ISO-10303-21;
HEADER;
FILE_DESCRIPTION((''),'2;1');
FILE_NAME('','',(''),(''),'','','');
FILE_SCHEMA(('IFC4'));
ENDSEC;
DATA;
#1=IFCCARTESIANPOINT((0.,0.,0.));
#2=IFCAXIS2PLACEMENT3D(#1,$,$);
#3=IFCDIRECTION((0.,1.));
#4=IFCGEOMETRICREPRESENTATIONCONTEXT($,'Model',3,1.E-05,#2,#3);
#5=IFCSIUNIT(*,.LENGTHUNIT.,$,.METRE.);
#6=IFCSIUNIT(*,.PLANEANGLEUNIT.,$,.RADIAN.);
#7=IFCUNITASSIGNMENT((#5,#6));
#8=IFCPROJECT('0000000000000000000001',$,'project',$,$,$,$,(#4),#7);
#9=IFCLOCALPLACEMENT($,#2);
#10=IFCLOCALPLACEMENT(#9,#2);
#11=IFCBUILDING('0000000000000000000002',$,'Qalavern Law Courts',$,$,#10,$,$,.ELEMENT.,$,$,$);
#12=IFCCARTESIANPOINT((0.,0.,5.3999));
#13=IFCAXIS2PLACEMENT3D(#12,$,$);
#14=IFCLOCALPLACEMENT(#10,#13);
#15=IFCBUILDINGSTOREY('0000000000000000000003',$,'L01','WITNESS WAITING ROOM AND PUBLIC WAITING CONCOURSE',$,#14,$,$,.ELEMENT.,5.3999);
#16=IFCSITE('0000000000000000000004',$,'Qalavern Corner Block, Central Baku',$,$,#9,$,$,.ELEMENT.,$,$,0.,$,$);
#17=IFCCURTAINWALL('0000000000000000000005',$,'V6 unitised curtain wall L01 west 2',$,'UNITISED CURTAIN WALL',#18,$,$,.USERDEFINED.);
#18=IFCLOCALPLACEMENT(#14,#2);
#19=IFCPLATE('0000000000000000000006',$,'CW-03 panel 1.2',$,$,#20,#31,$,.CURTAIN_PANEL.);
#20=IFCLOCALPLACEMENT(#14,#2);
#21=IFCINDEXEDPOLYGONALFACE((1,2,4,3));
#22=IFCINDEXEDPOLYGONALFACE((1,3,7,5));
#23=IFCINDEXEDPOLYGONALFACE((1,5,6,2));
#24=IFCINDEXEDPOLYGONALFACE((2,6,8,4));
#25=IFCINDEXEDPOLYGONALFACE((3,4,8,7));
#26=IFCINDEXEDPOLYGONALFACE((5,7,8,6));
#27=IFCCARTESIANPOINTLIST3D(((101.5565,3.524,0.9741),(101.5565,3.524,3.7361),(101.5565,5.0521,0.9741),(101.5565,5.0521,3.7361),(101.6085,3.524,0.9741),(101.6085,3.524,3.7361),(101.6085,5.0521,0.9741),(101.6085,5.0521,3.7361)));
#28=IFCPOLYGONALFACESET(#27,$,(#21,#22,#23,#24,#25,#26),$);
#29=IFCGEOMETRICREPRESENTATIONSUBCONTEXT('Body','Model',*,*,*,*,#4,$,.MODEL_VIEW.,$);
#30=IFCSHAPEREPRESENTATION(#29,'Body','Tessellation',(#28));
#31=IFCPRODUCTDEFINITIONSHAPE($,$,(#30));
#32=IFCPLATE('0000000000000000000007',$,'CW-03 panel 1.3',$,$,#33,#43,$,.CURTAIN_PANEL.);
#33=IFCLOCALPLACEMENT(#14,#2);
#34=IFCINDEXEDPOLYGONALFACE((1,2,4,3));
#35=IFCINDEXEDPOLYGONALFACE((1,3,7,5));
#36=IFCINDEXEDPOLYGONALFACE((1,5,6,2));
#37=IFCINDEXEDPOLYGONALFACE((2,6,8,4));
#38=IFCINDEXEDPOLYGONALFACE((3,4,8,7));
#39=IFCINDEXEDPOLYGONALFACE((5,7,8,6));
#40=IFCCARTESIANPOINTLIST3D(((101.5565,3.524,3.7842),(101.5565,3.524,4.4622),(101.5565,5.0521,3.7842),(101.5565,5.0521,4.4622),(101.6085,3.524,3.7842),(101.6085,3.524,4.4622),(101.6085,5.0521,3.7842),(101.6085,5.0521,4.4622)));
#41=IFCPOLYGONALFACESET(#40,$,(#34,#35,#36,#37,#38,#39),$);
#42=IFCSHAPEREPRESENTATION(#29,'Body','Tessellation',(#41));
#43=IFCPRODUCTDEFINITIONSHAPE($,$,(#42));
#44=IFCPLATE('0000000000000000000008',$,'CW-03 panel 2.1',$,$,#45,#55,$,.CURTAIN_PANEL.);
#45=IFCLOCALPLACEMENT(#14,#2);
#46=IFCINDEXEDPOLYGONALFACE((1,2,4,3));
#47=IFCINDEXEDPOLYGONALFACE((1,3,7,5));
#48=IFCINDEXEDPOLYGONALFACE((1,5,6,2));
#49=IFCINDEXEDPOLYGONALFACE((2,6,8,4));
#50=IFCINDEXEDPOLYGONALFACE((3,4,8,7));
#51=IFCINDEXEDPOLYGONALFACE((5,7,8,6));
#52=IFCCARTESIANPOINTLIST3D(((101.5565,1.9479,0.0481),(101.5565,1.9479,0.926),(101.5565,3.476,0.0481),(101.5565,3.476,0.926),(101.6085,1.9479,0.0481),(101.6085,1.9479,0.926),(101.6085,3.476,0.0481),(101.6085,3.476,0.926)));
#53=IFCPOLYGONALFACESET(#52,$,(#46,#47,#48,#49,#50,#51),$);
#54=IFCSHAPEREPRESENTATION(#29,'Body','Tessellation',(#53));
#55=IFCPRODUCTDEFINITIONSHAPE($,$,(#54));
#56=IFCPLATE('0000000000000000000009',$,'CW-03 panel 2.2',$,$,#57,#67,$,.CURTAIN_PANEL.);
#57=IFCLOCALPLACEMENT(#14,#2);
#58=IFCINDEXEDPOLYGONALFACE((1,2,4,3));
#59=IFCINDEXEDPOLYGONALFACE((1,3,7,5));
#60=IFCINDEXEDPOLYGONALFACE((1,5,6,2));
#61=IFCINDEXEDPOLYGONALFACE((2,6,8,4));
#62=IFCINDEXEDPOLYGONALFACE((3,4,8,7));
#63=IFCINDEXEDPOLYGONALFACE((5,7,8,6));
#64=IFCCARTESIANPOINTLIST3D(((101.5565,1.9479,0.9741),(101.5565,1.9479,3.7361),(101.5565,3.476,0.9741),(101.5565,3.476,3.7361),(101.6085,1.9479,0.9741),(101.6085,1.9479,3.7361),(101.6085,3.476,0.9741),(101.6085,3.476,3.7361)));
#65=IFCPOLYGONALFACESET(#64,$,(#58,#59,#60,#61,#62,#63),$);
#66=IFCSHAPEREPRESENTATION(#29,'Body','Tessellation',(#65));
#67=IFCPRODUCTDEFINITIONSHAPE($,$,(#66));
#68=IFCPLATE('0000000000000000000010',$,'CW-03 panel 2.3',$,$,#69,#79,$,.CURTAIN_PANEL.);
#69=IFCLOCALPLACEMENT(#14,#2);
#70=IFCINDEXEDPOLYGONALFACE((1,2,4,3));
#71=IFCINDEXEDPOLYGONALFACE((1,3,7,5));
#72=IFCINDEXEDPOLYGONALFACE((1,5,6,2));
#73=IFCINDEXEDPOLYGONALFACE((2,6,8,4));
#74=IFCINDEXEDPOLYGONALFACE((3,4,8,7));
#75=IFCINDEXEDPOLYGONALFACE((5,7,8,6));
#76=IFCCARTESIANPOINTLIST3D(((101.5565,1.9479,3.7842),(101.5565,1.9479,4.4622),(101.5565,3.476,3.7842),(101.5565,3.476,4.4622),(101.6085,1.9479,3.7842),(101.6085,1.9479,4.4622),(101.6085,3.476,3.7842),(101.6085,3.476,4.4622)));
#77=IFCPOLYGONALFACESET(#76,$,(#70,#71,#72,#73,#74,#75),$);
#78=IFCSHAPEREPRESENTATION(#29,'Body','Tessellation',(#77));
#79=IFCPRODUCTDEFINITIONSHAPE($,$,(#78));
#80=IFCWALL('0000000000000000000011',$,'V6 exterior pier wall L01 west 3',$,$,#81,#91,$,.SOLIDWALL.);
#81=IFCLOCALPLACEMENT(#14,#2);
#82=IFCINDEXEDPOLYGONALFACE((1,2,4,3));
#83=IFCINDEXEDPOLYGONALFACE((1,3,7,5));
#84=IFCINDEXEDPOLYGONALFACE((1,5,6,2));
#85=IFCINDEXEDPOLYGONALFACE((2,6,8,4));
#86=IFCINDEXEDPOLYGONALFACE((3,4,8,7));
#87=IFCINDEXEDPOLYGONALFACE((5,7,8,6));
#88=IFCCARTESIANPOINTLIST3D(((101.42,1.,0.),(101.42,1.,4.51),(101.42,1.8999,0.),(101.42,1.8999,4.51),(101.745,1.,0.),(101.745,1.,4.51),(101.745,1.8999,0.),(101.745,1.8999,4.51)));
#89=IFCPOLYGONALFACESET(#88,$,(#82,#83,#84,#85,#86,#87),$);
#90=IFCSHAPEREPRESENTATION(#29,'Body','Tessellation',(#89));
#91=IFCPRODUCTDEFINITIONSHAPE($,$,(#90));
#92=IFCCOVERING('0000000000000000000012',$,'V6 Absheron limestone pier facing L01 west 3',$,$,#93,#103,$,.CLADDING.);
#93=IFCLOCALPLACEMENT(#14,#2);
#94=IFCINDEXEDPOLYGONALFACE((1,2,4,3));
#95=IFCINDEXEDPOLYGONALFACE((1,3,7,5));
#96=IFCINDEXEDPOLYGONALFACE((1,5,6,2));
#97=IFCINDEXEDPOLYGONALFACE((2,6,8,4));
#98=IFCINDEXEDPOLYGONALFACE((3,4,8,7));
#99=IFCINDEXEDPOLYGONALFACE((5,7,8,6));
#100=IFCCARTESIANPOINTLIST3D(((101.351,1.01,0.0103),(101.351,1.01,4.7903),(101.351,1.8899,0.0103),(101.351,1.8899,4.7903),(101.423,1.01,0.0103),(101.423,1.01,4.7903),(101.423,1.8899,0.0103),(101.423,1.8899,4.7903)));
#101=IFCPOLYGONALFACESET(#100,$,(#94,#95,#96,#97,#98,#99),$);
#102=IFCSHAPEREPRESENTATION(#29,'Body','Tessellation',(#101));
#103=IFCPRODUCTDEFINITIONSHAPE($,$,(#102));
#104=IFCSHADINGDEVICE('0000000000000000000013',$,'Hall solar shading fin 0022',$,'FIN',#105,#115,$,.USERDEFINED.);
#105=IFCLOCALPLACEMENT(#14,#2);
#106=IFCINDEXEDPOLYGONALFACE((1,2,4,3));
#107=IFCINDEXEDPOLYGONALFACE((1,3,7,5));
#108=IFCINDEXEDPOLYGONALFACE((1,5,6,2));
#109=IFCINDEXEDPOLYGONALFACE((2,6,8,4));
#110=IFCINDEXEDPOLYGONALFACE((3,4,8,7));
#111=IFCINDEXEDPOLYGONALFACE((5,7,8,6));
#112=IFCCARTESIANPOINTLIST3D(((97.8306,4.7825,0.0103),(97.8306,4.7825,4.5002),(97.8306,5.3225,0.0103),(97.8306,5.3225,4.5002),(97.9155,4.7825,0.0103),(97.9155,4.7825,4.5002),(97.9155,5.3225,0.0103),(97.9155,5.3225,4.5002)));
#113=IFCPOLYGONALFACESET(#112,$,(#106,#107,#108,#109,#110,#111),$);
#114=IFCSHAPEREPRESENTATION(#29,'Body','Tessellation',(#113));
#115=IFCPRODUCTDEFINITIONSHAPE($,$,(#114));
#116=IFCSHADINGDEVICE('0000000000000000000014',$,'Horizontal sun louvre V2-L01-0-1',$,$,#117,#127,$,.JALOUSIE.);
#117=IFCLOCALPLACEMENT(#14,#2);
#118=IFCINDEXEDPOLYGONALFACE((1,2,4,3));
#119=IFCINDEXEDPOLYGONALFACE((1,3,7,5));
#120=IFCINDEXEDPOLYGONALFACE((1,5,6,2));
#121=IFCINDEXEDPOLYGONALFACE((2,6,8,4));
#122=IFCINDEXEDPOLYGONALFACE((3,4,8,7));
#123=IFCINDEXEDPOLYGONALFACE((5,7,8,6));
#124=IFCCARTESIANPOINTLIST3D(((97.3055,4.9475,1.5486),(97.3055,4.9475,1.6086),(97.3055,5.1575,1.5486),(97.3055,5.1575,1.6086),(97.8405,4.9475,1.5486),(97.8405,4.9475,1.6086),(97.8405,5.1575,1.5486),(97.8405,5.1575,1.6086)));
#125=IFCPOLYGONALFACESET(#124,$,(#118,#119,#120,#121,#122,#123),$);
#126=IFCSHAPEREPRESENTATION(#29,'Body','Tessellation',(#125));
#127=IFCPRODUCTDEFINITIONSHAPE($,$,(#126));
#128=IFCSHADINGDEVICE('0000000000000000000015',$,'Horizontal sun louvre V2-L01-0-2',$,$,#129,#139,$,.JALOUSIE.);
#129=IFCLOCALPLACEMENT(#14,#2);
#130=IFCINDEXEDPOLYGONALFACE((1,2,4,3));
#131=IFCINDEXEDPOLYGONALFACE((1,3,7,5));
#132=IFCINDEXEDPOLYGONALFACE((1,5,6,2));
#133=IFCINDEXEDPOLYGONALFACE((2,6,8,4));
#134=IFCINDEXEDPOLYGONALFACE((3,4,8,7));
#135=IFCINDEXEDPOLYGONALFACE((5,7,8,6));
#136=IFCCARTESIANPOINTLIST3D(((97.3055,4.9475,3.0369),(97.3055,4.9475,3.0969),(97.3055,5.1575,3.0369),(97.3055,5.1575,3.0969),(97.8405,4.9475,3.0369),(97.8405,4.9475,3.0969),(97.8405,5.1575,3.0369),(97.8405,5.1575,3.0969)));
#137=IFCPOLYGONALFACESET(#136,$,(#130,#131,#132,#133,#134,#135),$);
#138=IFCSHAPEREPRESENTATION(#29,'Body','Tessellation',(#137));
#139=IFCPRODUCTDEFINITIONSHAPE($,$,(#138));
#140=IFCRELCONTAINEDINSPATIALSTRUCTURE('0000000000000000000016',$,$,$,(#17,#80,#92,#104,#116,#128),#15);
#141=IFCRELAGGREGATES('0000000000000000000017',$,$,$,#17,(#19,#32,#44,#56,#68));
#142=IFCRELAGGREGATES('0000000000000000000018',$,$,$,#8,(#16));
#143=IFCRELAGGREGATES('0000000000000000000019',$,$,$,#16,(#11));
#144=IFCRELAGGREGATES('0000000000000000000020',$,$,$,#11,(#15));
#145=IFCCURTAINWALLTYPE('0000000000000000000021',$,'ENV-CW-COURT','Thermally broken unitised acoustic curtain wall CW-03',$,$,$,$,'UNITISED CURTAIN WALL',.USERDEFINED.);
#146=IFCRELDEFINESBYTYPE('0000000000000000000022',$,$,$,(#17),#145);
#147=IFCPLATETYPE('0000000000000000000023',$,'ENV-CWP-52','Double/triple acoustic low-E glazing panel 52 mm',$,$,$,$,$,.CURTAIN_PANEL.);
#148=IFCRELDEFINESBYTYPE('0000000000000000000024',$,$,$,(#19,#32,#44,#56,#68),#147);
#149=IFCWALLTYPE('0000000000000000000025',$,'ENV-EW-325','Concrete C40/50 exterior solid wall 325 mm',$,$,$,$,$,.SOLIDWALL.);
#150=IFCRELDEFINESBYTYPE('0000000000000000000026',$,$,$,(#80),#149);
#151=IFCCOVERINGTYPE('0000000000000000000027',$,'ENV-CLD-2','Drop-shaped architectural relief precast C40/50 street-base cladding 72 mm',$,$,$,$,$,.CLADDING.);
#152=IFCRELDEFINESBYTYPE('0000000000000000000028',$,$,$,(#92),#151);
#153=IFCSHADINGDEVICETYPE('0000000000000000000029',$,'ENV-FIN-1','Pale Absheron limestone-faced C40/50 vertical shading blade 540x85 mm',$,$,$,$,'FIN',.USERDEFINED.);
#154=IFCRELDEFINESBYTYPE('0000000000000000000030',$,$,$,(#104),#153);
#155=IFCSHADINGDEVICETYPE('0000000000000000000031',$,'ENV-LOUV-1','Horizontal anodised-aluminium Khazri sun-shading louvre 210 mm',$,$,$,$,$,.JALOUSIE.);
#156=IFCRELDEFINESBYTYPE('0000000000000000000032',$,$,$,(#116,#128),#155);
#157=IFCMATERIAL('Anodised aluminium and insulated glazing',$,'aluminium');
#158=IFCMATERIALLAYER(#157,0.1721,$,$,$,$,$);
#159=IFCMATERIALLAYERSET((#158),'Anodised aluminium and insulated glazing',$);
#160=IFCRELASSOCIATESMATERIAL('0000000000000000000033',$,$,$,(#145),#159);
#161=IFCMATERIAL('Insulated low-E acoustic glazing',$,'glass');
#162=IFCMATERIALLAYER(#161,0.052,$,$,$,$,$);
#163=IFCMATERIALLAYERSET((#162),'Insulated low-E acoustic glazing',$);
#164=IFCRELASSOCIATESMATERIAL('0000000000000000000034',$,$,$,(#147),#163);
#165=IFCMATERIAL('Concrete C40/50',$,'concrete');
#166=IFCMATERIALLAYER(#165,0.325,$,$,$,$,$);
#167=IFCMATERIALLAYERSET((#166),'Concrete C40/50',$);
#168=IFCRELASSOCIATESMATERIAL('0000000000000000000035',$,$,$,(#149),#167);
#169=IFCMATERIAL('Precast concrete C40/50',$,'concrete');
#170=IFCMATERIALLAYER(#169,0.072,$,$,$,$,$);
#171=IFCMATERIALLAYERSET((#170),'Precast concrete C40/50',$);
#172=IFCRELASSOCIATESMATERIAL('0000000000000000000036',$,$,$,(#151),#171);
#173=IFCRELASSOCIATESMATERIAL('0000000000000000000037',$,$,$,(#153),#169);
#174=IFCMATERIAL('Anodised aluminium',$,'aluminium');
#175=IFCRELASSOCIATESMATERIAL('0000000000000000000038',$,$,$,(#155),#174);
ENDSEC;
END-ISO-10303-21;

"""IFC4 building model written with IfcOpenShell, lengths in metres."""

from ifc_helpers import new_model, si_unit, direction, frame, frame_2d, origin, origin_2d, place, context, subcontext, project, spatial, rectangle, extrude, material, layer, layer_set, type_object, element, aggregate, save


model = new_model("IFC4")

# Units and contexts
model_context = context("Model", 3, precision=1e-05, world=origin(), true_north=direction((0.0, 1.0)))
body_context = subcontext(model_context, "Body", "Model", "MODEL_VIEW")
ifc_project = project(units=[si_unit("LENGTHUNIT", "METRE"), si_unit("PLANEANGLEUNIT", "RADIAN")], contexts=[model_context])

# Site, building, storey
site_placement = place(None, origin())
site = spatial("IfcSite", under=ifc_project, at=site_placement, Name="Qalavern Corner Block, Central Baku", CompositionType="ELEMENT", RefElevation=0.0)
building_placement = place(site_placement, origin())
building = spatial("IfcBuilding", under=site, at=building_placement, Name="Qalavern Law Courts", CompositionType="ELEMENT")
storey_placement = place(building_placement, frame((0.0, 0.0, 5.3999)))
storey = spatial("IfcBuildingStorey", under=building, at=storey_placement, Name="L01", Description="WITNESS WAITING ROOM AND PUBLIC WAITING CONCOURSE", CompositionType="ELEMENT", Elevation=5.3999)

# Curtain wall, plates
ifc_material_1 = material(Name="Anodised aluminium and insulated glazing", Category="aluminium")
ifc_layer_1 = layer(ifc_material_1, 0.1721)
ifc_layer_set_1 = layer_set([ifc_layer_1], Name="Anodised aluminium and insulated glazing")
curtain_wall_type = type_object("IfcCurtainWallType", Name="ENV-CW-COURT", Description="Thermally broken unitised acoustic curtain wall CW-03", ElementType="UNITISED CURTAIN WALL", PredefinedType="USERDEFINED", material=ifc_layer_set_1)
curtain_wall_placement = place(storey_placement, origin())
curtain_wall = element("IfcCurtainWall", 1, at=curtain_wall_placement, inside=storey, type_object=curtain_wall_type, Name="V6 unitised curtain wall L01 west 2", ObjectType="UNITISED CURTAIN WALL", PredefinedType="USERDEFINED")
ifc_material_2 = material(Name="Anodised aluminium", Category="aluminium")
ifc_material_3 = material(Name="Insulated low-E acoustic glazing", Category="glass")
ifc_layer_2 = layer(ifc_material_3, 0.052)
ifc_layer_set_2 = layer_set([ifc_layer_2], Name="Insulated low-E acoustic glazing")
plate_type = type_object("IfcPlateType", Name="ENV-CWP-52", Description="Double/triple acoustic low-E glazing panel 52 mm", PredefinedType="CURTAIN_PANEL", material=ifc_layer_set_2)
plate_1_placement = place(storey_placement, frame((101.5825, 4.2881, 0.9741), z_axis=(0.0, 0.0, 1.0), x_axis=(0.0, -1.0, 0.0)))
plate_1 = element("IfcPlate", 2, at=plate_1_placement, type_object=plate_type, Name="CW-03 panel 1.2", PredefinedType="CURTAIN_PANEL", context=body_context, shape_type="SweptSolid", body=[
    extrude(rectangle(XDim=1.5281, YDim=0.052, at=origin_2d()), origin(), (0.0, 0.0, 1.0), 2.762),
])
plate_2_placement = place(storey_placement, frame((101.5825, 4.2881, 3.7842), z_axis=(0.0, 0.0, 1.0), x_axis=(0.0, -1.0, 0.0)))
plate_2 = element("IfcPlate", 3, at=plate_2_placement, type_object=plate_type, Name="CW-03 panel 1.3", PredefinedType="CURTAIN_PANEL", context=body_context, shape_type="SweptSolid", body=[
    extrude(rectangle(XDim=1.5281, YDim=0.052, at=origin_2d()), origin(), (0.0, 0.0, 1.0), 0.678),
])
plate_3_placement = place(storey_placement, frame((101.5825, 2.7119, 0.0481), z_axis=(0.0, 0.0, 1.0), x_axis=(0.0, -1.0, 0.0)))
plate_3 = element("IfcPlate", 4, at=plate_3_placement, type_object=plate_type, Name="CW-03 panel 2.1", PredefinedType="CURTAIN_PANEL", context=body_context, shape_type="SweptSolid", body=[
    extrude(rectangle(XDim=1.5281, YDim=0.052, at=origin_2d()), origin(), (0.0, 0.0, 1.0), 0.8779),
])
plate_4_placement = place(storey_placement, frame((101.5825, 2.7119, 0.9741), z_axis=(0.0, 0.0, 1.0), x_axis=(0.0, -1.0, 0.0)))
plate_4 = element("IfcPlate", 5, at=plate_4_placement, type_object=plate_type, Name="CW-03 panel 2.2", PredefinedType="CURTAIN_PANEL", context=body_context, shape_type="SweptSolid", body=[
    extrude(rectangle(XDim=1.5281, YDim=0.052, at=origin_2d()), origin(), (0.0, 0.0, 1.0), 2.762),
])
plate_5_placement = place(storey_placement, frame((101.5825, 2.7119, 3.7842), z_axis=(0.0, 0.0, 1.0), x_axis=(0.0, -1.0, 0.0)))
plate_5 = element("IfcPlate", 6, at=plate_5_placement, type_object=plate_type, Name="CW-03 panel 2.3", PredefinedType="CURTAIN_PANEL", context=body_context, shape_type="SweptSolid", body=[
    extrude(rectangle(XDim=1.5281, YDim=0.052, at=origin_2d()), origin(), (0.0, 0.0, 1.0), 0.678),
])
aggregate(curtain_wall, [plate_1, plate_2, plate_3, plate_4, plate_5])

# Wall
ifc_material_4 = material(Name="Concrete C40/50", Category="concrete")
ifc_layer_3 = layer(ifc_material_4, 0.325)
ifc_layer_set_3 = layer_set([ifc_layer_3], Name="Concrete C40/50")
wall_type = type_object("IfcWallType", Name="ENV-EW-325", Description="Concrete C40/50 exterior solid wall 325 mm", PredefinedType="SOLIDWALL", material=ifc_layer_set_3)
wall_placement = place(storey_placement, frame((101.5825, 1.8999, 0.0), z_axis=(0.0, 0.0, 1.0), x_axis=(0.0, -1.0, 0.0)))
element("IfcWall", 7, at=wall_placement, inside=storey, type_object=wall_type, Name="V6 exterior pier wall L01 west 3", PredefinedType="SOLIDWALL", context=body_context, shape_type="SweptSolid", body=[
    extrude(rectangle(XDim=0.8999, YDim=0.325, at=frame_2d((0.45, 0.0))), origin(), (0.0, 0.0, 1.0), 4.51),
])

# Covering
ifc_material_5 = material(Name="Precast concrete C40/50", Category="concrete")
ifc_layer_4 = layer(ifc_material_5, 0.072)
ifc_layer_set_4 = layer_set([ifc_layer_4], Name="Precast concrete C40/50")
covering_type = type_object("IfcCoveringType", Name="ENV-CLD-2", Description="Drop-shaped architectural relief precast C40/50 street-base cladding 72 mm", PredefinedType="CLADDING", material=ifc_layer_set_4)
covering_placement = place(storey_placement, frame((101.387, 1.45, 0.0103), z_axis=(0.0, 0.0, 1.0), x_axis=(0.0, -1.0, 0.0)))
element("IfcCovering", 8, at=covering_placement, inside=storey, type_object=covering_type, Name="V6 Absheron limestone pier facing L01 west 3", PredefinedType="CLADDING", context=body_context, shape_type="SweptSolid", body=[
    extrude(rectangle(XDim=0.8799, YDim=0.072, at=origin_2d()), origin(), (0.0, 0.0, 1.0), 4.78),
])

# Shading devices
shading_device_type_1 = type_object("IfcShadingDeviceType", Name="ENV-FIN-1", Description="Pale Absheron limestone-faced C40/50 vertical shading blade 540x85 mm", ElementType="FIN", PredefinedType="USERDEFINED", material=ifc_material_5)
shading_device_placement = place(storey_placement, frame((97.873, 5.0525, 0.0103), z_axis=(0.0, 0.0, 1.0), x_axis=(0.0, -1.0, 0.0)))
element("IfcShadingDevice", 9, at=shading_device_placement, inside=storey, type_object=shading_device_type_1, Name="Hall solar shading fin 0022", ObjectType="FIN", PredefinedType="USERDEFINED", context=body_context, shape_type="SweptSolid", body=[
    extrude(rectangle(XDim=0.54, YDim=0.085, at=origin_2d()), origin(), (0.0, 0.0, 1.0), 4.49),
])
shading_device_type_2 = type_object("IfcShadingDeviceType", Name="ENV-LOUV-1", Description="Horizontal anodised-aluminium Khazri sun-shading louvre 210 mm", PredefinedType="JALOUSIE", material=ifc_material_2)
for number, where, z_axis, x_axis, name in (
    (10, (97.573, 5.0525, 1.5486), (0.0, 0.0, 1.0), (1.0, 0.0, 0.0), "Horizontal sun louvre V2-L01-0-1"),
    (11, (97.573, 5.0525, 3.0369), (0.0, 0.0, 1.0), (1.0, 0.0, 0.0), "Horizontal sun louvre V2-L01-0-2"),
):
    element("IfcShadingDevice", number, at=place(storey_placement, frame(where, z_axis=z_axis, x_axis=x_axis)), inside=storey, type_object=shading_device_type_2, Name=name, PredefinedType="JALOUSIE", context=body_context, shape_type="SweptSolid", body=[
        extrude(rectangle(XDim=0.5349, YDim=0.21, at=origin_2d()), origin(), (0.0, 0.0, 1.0), 0.0601),
    ])

save(model, "model.ifc")
